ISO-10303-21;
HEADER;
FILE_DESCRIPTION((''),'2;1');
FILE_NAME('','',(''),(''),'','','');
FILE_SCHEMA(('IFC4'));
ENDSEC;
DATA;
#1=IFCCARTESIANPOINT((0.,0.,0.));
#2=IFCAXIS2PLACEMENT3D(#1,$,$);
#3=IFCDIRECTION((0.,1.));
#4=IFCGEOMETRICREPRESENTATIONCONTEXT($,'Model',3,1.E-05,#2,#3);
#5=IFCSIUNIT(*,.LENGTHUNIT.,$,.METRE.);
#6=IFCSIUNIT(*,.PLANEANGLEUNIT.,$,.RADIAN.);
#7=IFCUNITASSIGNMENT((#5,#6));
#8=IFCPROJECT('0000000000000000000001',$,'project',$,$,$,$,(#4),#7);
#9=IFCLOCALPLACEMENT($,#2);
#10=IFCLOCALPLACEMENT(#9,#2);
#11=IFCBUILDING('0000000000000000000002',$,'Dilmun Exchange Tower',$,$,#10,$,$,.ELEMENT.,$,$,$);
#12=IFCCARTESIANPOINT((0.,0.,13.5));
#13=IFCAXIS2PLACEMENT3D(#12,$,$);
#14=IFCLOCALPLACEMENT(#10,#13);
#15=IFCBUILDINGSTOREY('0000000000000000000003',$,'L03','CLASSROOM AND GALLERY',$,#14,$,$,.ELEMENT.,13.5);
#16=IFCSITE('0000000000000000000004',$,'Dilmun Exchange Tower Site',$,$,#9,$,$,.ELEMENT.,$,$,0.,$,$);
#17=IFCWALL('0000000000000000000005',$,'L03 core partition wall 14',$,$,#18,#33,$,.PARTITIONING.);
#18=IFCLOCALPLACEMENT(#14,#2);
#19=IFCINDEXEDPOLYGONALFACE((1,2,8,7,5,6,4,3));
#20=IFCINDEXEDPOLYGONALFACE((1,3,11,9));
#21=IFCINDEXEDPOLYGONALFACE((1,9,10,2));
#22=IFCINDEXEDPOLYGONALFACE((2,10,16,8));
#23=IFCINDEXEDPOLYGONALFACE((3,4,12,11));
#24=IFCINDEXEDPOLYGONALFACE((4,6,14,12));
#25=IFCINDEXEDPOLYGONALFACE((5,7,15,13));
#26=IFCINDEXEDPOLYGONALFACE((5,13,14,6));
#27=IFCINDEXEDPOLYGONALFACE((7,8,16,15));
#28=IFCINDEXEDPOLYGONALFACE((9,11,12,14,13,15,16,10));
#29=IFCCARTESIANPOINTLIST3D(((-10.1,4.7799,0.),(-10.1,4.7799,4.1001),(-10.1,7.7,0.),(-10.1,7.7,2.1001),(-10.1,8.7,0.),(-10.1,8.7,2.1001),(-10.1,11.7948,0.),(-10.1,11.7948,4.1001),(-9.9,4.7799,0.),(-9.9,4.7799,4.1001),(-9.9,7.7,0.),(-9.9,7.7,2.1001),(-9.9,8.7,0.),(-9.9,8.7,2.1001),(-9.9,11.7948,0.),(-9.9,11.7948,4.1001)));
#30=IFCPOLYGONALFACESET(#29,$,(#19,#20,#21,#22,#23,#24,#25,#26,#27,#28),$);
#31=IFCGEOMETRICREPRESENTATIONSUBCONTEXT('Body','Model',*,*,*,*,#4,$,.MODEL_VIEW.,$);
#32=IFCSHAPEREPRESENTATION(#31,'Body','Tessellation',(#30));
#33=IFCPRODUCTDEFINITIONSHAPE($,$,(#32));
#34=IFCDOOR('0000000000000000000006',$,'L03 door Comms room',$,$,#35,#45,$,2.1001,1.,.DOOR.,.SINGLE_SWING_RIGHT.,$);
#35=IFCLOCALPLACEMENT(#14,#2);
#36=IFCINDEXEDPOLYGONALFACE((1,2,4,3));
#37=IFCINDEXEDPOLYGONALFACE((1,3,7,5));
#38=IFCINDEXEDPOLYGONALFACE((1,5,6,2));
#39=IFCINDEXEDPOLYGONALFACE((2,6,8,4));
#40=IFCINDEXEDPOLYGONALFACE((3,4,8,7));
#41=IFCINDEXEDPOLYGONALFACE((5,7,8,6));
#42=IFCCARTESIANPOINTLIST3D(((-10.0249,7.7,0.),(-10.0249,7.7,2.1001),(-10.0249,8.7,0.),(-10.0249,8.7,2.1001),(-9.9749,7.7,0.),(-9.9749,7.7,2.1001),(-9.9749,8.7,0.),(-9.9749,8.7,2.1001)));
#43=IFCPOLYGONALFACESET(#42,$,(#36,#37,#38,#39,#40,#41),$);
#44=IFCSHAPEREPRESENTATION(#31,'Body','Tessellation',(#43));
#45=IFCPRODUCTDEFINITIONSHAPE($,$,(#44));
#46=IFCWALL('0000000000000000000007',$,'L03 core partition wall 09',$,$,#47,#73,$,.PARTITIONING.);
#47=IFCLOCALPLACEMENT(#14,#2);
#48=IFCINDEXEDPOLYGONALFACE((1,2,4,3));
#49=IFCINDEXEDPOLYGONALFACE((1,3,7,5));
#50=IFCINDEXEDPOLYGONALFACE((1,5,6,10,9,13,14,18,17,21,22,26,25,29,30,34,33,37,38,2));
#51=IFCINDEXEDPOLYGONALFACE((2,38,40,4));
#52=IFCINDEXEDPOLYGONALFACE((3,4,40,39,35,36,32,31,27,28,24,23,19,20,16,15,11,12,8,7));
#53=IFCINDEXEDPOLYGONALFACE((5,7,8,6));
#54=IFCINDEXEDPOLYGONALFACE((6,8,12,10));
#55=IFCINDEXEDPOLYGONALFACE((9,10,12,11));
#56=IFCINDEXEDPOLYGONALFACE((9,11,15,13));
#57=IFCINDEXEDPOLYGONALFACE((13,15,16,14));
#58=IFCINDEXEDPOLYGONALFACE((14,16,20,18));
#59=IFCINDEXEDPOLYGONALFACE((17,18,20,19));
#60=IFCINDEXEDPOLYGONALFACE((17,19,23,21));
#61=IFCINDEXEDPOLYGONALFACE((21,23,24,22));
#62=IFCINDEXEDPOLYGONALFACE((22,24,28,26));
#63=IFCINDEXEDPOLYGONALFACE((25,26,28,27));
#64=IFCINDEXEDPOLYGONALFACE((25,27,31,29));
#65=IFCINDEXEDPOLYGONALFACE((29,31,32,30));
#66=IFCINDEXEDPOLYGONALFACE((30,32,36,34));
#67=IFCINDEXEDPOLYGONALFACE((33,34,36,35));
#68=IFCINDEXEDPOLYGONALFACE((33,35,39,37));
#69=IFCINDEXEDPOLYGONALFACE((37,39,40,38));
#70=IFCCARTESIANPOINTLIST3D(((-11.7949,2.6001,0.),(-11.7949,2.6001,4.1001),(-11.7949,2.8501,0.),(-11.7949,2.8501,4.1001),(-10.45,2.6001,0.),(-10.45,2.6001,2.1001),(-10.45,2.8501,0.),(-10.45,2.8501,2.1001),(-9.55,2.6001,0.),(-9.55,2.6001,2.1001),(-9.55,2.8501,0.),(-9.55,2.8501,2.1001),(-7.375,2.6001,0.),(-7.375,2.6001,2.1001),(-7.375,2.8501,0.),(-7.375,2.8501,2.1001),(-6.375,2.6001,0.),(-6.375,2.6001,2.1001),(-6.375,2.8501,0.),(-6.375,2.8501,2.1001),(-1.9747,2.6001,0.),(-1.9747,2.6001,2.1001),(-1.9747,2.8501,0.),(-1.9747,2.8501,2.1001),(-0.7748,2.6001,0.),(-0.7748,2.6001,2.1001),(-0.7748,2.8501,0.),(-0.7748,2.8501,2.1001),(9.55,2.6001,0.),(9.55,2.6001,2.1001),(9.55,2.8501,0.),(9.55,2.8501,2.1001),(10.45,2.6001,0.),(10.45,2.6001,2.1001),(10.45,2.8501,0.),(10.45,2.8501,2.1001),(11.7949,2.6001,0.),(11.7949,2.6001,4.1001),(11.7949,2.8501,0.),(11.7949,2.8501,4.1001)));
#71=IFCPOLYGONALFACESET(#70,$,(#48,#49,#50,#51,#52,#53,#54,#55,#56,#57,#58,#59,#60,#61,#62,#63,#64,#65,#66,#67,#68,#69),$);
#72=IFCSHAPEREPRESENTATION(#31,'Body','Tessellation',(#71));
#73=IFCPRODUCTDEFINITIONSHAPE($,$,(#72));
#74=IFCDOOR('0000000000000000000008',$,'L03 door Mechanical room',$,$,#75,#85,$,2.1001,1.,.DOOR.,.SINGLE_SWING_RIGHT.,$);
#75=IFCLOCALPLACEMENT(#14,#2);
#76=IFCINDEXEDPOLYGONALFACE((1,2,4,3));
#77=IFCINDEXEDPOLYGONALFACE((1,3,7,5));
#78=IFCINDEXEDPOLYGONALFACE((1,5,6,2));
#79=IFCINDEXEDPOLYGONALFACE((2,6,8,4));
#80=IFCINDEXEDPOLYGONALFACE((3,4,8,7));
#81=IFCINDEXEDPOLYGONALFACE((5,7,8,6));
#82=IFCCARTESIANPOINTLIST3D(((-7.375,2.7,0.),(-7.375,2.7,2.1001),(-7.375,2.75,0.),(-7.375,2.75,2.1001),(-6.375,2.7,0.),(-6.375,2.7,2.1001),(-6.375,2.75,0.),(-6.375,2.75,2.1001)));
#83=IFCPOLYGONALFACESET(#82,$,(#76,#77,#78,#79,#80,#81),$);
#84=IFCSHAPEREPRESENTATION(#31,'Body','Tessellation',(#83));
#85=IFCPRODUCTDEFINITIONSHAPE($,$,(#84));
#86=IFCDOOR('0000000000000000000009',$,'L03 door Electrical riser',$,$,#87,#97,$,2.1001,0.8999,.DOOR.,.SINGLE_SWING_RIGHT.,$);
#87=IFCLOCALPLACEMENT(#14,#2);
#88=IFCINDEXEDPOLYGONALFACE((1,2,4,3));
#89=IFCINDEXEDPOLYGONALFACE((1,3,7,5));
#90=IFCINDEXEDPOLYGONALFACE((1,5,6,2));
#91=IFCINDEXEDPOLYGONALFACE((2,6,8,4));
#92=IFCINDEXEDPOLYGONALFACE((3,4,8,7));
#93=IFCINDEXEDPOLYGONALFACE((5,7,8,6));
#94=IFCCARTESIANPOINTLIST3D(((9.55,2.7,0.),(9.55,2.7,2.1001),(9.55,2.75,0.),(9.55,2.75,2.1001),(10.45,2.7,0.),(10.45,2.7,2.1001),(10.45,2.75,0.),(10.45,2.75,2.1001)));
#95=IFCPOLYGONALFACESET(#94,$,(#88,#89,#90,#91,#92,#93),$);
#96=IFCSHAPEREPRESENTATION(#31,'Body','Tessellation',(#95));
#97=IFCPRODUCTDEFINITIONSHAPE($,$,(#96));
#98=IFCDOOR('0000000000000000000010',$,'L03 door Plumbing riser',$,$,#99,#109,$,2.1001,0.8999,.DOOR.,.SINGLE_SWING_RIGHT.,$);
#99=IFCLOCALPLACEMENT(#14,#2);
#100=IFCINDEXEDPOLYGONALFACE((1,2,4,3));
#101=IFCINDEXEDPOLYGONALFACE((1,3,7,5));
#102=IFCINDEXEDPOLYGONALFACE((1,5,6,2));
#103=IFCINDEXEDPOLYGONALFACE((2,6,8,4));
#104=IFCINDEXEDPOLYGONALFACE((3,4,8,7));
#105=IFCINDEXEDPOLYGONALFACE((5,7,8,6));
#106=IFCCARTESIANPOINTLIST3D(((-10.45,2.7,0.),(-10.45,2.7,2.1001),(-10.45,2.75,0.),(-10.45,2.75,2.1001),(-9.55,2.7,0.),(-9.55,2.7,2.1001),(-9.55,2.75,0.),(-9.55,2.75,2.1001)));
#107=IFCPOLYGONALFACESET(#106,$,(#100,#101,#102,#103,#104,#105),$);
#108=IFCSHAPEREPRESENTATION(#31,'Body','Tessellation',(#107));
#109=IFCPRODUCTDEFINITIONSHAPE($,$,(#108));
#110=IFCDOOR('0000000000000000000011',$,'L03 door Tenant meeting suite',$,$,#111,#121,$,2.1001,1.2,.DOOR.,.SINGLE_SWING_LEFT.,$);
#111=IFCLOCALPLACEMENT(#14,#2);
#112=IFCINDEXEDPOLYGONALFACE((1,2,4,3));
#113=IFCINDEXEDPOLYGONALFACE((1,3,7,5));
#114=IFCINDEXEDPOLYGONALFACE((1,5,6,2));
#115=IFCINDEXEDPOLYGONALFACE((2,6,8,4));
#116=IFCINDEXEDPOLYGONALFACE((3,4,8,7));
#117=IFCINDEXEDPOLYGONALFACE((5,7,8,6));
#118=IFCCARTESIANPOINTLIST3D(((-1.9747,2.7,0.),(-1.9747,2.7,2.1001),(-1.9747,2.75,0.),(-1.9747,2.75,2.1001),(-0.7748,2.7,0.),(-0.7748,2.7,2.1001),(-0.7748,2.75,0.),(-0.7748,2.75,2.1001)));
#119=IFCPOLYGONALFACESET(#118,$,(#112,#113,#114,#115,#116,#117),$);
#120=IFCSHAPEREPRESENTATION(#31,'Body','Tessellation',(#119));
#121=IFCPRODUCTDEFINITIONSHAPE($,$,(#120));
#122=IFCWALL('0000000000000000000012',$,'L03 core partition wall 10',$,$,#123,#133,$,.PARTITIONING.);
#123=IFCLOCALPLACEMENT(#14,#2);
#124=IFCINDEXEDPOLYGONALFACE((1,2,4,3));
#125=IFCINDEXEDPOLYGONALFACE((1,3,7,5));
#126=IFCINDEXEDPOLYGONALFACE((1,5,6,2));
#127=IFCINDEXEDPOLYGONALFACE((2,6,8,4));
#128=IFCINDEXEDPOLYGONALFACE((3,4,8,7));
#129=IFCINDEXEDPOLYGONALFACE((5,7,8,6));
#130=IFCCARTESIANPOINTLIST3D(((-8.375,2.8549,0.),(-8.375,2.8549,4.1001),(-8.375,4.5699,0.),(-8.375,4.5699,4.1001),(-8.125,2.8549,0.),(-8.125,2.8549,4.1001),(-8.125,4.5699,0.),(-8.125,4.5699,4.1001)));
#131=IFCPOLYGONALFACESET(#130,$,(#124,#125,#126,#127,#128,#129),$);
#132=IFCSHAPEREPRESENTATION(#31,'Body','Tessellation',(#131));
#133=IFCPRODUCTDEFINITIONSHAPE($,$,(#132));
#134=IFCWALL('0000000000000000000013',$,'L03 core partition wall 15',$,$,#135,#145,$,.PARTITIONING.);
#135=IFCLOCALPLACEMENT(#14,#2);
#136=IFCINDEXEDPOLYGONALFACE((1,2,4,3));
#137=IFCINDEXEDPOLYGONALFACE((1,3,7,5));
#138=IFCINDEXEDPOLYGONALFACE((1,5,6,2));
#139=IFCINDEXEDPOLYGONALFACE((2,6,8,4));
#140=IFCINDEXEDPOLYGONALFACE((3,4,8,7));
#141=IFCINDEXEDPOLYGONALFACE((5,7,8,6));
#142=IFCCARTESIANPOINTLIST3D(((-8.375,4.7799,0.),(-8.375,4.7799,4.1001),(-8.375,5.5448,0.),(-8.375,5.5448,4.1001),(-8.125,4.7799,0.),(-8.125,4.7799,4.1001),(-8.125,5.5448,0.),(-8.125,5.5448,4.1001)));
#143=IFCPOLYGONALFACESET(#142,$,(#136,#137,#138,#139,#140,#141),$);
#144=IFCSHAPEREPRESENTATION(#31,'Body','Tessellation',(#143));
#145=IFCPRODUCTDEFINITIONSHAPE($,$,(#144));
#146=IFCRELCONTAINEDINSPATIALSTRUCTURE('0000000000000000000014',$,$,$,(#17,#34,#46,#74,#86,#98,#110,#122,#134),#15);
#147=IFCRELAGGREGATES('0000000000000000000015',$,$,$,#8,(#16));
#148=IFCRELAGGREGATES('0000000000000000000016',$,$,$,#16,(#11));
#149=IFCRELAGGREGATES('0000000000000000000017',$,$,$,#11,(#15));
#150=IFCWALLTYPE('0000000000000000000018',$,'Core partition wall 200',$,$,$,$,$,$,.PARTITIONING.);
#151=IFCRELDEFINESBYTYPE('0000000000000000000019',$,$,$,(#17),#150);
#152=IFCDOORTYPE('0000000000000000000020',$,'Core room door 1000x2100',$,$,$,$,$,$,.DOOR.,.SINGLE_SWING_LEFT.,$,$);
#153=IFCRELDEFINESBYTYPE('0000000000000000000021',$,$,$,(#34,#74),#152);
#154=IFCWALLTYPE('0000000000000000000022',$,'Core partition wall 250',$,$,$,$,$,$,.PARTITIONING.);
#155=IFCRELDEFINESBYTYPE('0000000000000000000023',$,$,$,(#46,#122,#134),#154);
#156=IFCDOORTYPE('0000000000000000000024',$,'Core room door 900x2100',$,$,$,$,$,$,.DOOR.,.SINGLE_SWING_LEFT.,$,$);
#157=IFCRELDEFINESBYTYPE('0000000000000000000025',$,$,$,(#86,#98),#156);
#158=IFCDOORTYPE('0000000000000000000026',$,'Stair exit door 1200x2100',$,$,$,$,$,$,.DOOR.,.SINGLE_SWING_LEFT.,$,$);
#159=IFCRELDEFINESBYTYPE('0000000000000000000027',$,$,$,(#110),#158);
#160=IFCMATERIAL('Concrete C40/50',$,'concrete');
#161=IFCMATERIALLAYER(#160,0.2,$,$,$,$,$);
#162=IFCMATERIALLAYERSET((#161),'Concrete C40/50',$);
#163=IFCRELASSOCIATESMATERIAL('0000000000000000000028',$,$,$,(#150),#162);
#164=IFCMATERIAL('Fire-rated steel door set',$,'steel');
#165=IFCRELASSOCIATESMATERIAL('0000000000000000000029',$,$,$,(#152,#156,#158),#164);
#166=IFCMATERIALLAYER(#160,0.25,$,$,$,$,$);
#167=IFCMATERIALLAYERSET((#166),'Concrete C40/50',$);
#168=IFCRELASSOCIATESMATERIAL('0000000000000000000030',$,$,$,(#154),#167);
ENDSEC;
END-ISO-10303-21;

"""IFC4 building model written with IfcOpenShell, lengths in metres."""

from ifc_helpers import new_model, si_unit, direction, frame, frame_2d, origin, place, context, subcontext, project, spatial, rectangle, extrude, material, layer, layer_set, type_object, element, fill, save


model = new_model("IFC4")

# Units and contexts
model_context = context("Model", 3, precision=1e-05, world=origin(), true_north=direction((0.0, 1.0)))
body_context = subcontext(model_context, "Body", "Model", "MODEL_VIEW")
ifc_project = project(units=[si_unit("LENGTHUNIT", "METRE"), si_unit("PLANEANGLEUNIT", "RADIAN")], contexts=[model_context])

# Site, building, storey
site_placement = place(None, origin())
site = spatial("IfcSite", under=ifc_project, at=site_placement, Name="Dilmun Exchange Tower Site", CompositionType="ELEMENT", RefElevation=0.0)
building_placement = place(site_placement, origin())
building = spatial("IfcBuilding", under=site, at=building_placement, Name="Dilmun Exchange Tower", CompositionType="ELEMENT")
storey_placement = place(building_placement, frame((0.0, 0.0, 13.5)))
storey = spatial("IfcBuildingStorey", under=building, at=storey_placement, Name="L03", Description="CLASSROOM AND GALLERY", CompositionType="ELEMENT", Elevation=13.5)

# Shared definitions
ifc_material_1 = material(Name="Concrete C40/50", Category="concrete")

# Shared definitions
ifc_layer_1 = layer(ifc_material_1, 0.2)
ifc_layer_set_1 = layer_set([ifc_layer_1], Name="Concrete C40/50")
wall_type_1 = type_object("IfcWallType", Name="Core partition wall 200", PredefinedType="PARTITIONING", material=ifc_layer_set_1)

# Wall, opening, door
wall_1_placement = place(storey_placement, frame((-10.0, 4.78, 0.0), z_axis=(0.0, 0.0, 1.0), x_axis=(0.0, 1.0, 0.0)))
wall_1 = element("IfcWall", 1, at=wall_1_placement, inside=storey, type_object=wall_type_1, Name="L03 core partition wall 14", PredefinedType="PARTITIONING", context=body_context, shape_type="SweptSolid", body=[
    extrude(rectangle(XDim=7.0149, YDim=0.2, at=frame_2d((3.5073, 0.0))), origin(), (0.0, 0.0, 1.0), 4.1001),
])
opening_1_placement = place(wall_1_placement, frame((2.9199, 0.0, 0.0)))
opening_1 = element("IfcOpeningElement", 2, at=opening_1_placement, cuts=wall_1, PredefinedType="OPENING", context=body_context, shape_type="SweptSolid", body=[
    extrude(rectangle(XDim=1.0, YDim=2.1001, at=frame_2d((0.5, 1.05))), frame((0.0, 0.1099, 0.0), z_axis=(0.0, -1.0, 0.0), x_axis=(1.0, 0.0, 0.0)), (0.0, 0.0, 1.0), 0.22),
])
ifc_material_2 = material(Name="Fire-rated steel door set", Category="steel")
door_type_1 = type_object("IfcDoorType", Name="Core room door 1000x2100", OperationType="SINGLE_SWING_LEFT", PredefinedType="DOOR", material=ifc_material_2)
door_1_placement = place(opening_1_placement, origin())
door_1 = element("IfcDoor", 3, at=door_1_placement, inside=storey, type_object=door_type_1, Name="L03 door Comms room", OperationType="SINGLE_SWING_RIGHT", OverallHeight=2.1001, OverallWidth=1.0, PredefinedType="DOOR", context=body_context, shape_type="SweptSolid", body=[
    extrude(rectangle(XDim=1.0, YDim=2.1001, at=frame_2d((0.5, 1.05))), frame((0.0, 0.0249, 0.0), z_axis=(0.0, -1.0, 0.0), x_axis=(1.0, 0.0, 0.0)), (0.0, 0.0, 1.0), 0.05),
])
fill(opening_1, door_1)

# Wall, openings, doors
ifc_layer_2 = layer(ifc_material_1, 0.25)
ifc_layer_set_2 = layer_set([ifc_layer_2], Name="Concrete C40/50")
wall_type_2 = type_object("IfcWallType", Name="Core partition wall 250", PredefinedType="PARTITIONING", material=ifc_layer_set_2)
wall_2_placement = place(storey_placement, frame((-11.7949, 2.7251, 0.0), z_axis=(0.0, 0.0, 1.0), x_axis=(1.0, 0.0, 0.0)))
wall_2 = element("IfcWall", 4, at=wall_2_placement, inside=storey, type_object=wall_type_2, Name="L03 core partition wall 09", PredefinedType="PARTITIONING", context=body_context, shape_type="SweptSolid", body=[
    extrude(rectangle(XDim=23.5898, YDim=0.25, at=frame_2d((11.7949, 0.0))), origin(), (0.0, 0.0, 1.0), 4.1001),
])
opening_2_placement = place(wall_2_placement, frame((21.345, 0.0, 0.0)))
opening_2 = element("IfcOpeningElement", 5, at=opening_2_placement, cuts=wall_2, PredefinedType="OPENING", context=body_context, shape_type="SweptSolid", body=[
    extrude(rectangle(XDim=0.8999, YDim=2.1001, at=frame_2d((0.45, 1.05))), frame((0.0, 0.135, 0.0), z_axis=(0.0, -1.0, 0.0), x_axis=(1.0, 0.0, 0.0)), (0.0, 0.0, 1.0), 0.27),
])
opening_3_placement = place(wall_2_placement, frame((1.345, 0.0, 0.0)))
opening_3 = element("IfcOpeningElement", 6, at=opening_3_placement, cuts=wall_2, PredefinedType="OPENING", context=body_context, shape_type="SweptSolid", body=[
    extrude(rectangle(XDim=0.8999, YDim=2.1001, at=frame_2d((0.45, 1.05))), frame((0.0, 0.135, 0.0), z_axis=(0.0, -1.0, 0.0), x_axis=(1.0, 0.0, 0.0)), (0.0, 0.0, 1.0), 0.27),
])
opening_4_placement = place(wall_2_placement, frame((4.4199, 0.0, 0.0)))
opening_4 = element("IfcOpeningElement", 7, at=opening_4_placement, cuts=wall_2, PredefinedType="OPENING", context=body_context, shape_type="SweptSolid", body=[
    extrude(rectangle(XDim=1.0, YDim=2.1001, at=frame_2d((0.5, 1.05))), frame((0.0, 0.135, 0.0), z_axis=(0.0, -1.0, 0.0), x_axis=(1.0, 0.0, 0.0)), (0.0, 0.0, 1.0), 0.27),
])
opening_5_placement = place(wall_2_placement, frame((9.8201, 0.0, 0.0)))
opening_5 = element("IfcOpeningElement", 8, at=opening_5_placement, cuts=wall_2, PredefinedType="OPENING", context=body_context, shape_type="SweptSolid", body=[
    extrude(rectangle(XDim=1.2, YDim=2.1001, at=frame_2d((0.6001, 1.05))), frame((0.0, 0.135, 0.0), z_axis=(0.0, -1.0, 0.0), x_axis=(1.0, 0.0, 0.0)), (0.0, 0.0, 1.0), 0.27),
])
door_2_placement = place(opening_4_placement, origin())
door_2 = element("IfcDoor", 9, at=door_2_placement, inside=storey, type_object=door_type_1, Name="L03 door Mechanical room", OperationType="SINGLE_SWING_RIGHT", OverallHeight=2.1001, OverallWidth=1.0, PredefinedType="DOOR", context=body_context, shape_type="SweptSolid", body=[
    extrude(rectangle(XDim=1.0, YDim=2.1001, at=frame_2d((0.5, 1.05))), frame((0.0, 0.0249, 0.0), z_axis=(0.0, -1.0, 0.0), x_axis=(1.0, 0.0, 0.0)), (0.0, 0.0, 1.0), 0.05),
])
fill(opening_4, door_2)
door_type_2 = type_object("IfcDoorType", Name="Core room door 900x2100", OperationType="SINGLE_SWING_LEFT", PredefinedType="DOOR", material=ifc_material_2)
door_3_placement = place(opening_2_placement, origin())
door_3 = element("IfcDoor", 10, at=door_3_placement, inside=storey, type_object=door_type_2, Name="L03 door Electrical riser", OperationType="SINGLE_SWING_RIGHT", OverallHeight=2.1001, OverallWidth=0.8999, PredefinedType="DOOR", context=body_context, shape_type="SweptSolid", body=[
    extrude(rectangle(XDim=0.8999, YDim=2.1001, at=frame_2d((0.45, 1.05))), frame((0.0, 0.0249, 0.0), z_axis=(0.0, -1.0, 0.0), x_axis=(1.0, 0.0, 0.0)), (0.0, 0.0, 1.0), 0.05),
])
fill(opening_2, door_3)
door_4_placement = place(opening_3_placement, origin())
door_4 = element("IfcDoor", 11, at=door_4_placement, inside=storey, type_object=door_type_2, Name="L03 door Plumbing riser", OperationType="SINGLE_SWING_RIGHT", OverallHeight=2.1001, OverallWidth=0.8999, PredefinedType="DOOR", context=body_context, shape_type="SweptSolid", body=[
    extrude(rectangle(XDim=0.8999, YDim=2.1001, at=frame_2d((0.45, 1.05))), frame((0.0, 0.0249, 0.0), z_axis=(0.0, -1.0, 0.0), x_axis=(1.0, 0.0, 0.0)), (0.0, 0.0, 1.0), 0.05),
])
fill(opening_3, door_4)
door_type_3 = type_object("IfcDoorType", Name="Stair exit door 1200x2100", OperationType="SINGLE_SWING_LEFT", PredefinedType="DOOR", material=ifc_material_2)
door_5_placement = place(opening_5_placement, origin())
door_5 = element("IfcDoor", 12, at=door_5_placement, inside=storey, type_object=door_type_3, Name="L03 door Tenant meeting suite", OperationType="SINGLE_SWING_LEFT", OverallHeight=2.1001, OverallWidth=1.2, PredefinedType="DOOR", context=body_context, shape_type="SweptSolid", body=[
    extrude(rectangle(XDim=1.2, YDim=2.1001, at=frame_2d((0.6001, 1.05))), frame((0.0, 0.0249, 0.0), z_axis=(0.0, -1.0, 0.0), x_axis=(1.0, 0.0, 0.0)), (0.0, 0.0, 1.0), 0.05),
])
fill(opening_5, door_5)

# Walls
wall_3_placement = place(storey_placement, frame((-8.25, 2.855, 0.0), z_axis=(0.0, 0.0, 1.0), x_axis=(0.0, 1.0, 0.0)))
element("IfcWall", 13, at=wall_3_placement, inside=storey, type_object=wall_type_2, Name="L03 core partition wall 10", PredefinedType="PARTITIONING", context=body_context, shape_type="SweptSolid", body=[
    extrude(rectangle(XDim=1.7151, YDim=0.25, at=frame_2d((0.8574, 0.0))), origin(), (0.0, 0.0, 1.0), 4.1001),
])
wall_4_placement = place(storey_placement, frame((-8.25, 4.78, 0.0), z_axis=(0.0, 0.0, 1.0), x_axis=(0.0, 1.0, 0.0)))
element("IfcWall", 14, at=wall_4_placement, inside=storey, type_object=wall_type_2, Name="L03 core partition wall 15", PredefinedType="PARTITIONING", context=body_context, shape_type="SweptSolid", body=[
    extrude(rectangle(XDim=0.7649, YDim=0.25, at=frame_2d((0.3823, 0.0))), origin(), (0.0, 0.0, 1.0), 4.1001),
])

save(model, "model.ifc")
